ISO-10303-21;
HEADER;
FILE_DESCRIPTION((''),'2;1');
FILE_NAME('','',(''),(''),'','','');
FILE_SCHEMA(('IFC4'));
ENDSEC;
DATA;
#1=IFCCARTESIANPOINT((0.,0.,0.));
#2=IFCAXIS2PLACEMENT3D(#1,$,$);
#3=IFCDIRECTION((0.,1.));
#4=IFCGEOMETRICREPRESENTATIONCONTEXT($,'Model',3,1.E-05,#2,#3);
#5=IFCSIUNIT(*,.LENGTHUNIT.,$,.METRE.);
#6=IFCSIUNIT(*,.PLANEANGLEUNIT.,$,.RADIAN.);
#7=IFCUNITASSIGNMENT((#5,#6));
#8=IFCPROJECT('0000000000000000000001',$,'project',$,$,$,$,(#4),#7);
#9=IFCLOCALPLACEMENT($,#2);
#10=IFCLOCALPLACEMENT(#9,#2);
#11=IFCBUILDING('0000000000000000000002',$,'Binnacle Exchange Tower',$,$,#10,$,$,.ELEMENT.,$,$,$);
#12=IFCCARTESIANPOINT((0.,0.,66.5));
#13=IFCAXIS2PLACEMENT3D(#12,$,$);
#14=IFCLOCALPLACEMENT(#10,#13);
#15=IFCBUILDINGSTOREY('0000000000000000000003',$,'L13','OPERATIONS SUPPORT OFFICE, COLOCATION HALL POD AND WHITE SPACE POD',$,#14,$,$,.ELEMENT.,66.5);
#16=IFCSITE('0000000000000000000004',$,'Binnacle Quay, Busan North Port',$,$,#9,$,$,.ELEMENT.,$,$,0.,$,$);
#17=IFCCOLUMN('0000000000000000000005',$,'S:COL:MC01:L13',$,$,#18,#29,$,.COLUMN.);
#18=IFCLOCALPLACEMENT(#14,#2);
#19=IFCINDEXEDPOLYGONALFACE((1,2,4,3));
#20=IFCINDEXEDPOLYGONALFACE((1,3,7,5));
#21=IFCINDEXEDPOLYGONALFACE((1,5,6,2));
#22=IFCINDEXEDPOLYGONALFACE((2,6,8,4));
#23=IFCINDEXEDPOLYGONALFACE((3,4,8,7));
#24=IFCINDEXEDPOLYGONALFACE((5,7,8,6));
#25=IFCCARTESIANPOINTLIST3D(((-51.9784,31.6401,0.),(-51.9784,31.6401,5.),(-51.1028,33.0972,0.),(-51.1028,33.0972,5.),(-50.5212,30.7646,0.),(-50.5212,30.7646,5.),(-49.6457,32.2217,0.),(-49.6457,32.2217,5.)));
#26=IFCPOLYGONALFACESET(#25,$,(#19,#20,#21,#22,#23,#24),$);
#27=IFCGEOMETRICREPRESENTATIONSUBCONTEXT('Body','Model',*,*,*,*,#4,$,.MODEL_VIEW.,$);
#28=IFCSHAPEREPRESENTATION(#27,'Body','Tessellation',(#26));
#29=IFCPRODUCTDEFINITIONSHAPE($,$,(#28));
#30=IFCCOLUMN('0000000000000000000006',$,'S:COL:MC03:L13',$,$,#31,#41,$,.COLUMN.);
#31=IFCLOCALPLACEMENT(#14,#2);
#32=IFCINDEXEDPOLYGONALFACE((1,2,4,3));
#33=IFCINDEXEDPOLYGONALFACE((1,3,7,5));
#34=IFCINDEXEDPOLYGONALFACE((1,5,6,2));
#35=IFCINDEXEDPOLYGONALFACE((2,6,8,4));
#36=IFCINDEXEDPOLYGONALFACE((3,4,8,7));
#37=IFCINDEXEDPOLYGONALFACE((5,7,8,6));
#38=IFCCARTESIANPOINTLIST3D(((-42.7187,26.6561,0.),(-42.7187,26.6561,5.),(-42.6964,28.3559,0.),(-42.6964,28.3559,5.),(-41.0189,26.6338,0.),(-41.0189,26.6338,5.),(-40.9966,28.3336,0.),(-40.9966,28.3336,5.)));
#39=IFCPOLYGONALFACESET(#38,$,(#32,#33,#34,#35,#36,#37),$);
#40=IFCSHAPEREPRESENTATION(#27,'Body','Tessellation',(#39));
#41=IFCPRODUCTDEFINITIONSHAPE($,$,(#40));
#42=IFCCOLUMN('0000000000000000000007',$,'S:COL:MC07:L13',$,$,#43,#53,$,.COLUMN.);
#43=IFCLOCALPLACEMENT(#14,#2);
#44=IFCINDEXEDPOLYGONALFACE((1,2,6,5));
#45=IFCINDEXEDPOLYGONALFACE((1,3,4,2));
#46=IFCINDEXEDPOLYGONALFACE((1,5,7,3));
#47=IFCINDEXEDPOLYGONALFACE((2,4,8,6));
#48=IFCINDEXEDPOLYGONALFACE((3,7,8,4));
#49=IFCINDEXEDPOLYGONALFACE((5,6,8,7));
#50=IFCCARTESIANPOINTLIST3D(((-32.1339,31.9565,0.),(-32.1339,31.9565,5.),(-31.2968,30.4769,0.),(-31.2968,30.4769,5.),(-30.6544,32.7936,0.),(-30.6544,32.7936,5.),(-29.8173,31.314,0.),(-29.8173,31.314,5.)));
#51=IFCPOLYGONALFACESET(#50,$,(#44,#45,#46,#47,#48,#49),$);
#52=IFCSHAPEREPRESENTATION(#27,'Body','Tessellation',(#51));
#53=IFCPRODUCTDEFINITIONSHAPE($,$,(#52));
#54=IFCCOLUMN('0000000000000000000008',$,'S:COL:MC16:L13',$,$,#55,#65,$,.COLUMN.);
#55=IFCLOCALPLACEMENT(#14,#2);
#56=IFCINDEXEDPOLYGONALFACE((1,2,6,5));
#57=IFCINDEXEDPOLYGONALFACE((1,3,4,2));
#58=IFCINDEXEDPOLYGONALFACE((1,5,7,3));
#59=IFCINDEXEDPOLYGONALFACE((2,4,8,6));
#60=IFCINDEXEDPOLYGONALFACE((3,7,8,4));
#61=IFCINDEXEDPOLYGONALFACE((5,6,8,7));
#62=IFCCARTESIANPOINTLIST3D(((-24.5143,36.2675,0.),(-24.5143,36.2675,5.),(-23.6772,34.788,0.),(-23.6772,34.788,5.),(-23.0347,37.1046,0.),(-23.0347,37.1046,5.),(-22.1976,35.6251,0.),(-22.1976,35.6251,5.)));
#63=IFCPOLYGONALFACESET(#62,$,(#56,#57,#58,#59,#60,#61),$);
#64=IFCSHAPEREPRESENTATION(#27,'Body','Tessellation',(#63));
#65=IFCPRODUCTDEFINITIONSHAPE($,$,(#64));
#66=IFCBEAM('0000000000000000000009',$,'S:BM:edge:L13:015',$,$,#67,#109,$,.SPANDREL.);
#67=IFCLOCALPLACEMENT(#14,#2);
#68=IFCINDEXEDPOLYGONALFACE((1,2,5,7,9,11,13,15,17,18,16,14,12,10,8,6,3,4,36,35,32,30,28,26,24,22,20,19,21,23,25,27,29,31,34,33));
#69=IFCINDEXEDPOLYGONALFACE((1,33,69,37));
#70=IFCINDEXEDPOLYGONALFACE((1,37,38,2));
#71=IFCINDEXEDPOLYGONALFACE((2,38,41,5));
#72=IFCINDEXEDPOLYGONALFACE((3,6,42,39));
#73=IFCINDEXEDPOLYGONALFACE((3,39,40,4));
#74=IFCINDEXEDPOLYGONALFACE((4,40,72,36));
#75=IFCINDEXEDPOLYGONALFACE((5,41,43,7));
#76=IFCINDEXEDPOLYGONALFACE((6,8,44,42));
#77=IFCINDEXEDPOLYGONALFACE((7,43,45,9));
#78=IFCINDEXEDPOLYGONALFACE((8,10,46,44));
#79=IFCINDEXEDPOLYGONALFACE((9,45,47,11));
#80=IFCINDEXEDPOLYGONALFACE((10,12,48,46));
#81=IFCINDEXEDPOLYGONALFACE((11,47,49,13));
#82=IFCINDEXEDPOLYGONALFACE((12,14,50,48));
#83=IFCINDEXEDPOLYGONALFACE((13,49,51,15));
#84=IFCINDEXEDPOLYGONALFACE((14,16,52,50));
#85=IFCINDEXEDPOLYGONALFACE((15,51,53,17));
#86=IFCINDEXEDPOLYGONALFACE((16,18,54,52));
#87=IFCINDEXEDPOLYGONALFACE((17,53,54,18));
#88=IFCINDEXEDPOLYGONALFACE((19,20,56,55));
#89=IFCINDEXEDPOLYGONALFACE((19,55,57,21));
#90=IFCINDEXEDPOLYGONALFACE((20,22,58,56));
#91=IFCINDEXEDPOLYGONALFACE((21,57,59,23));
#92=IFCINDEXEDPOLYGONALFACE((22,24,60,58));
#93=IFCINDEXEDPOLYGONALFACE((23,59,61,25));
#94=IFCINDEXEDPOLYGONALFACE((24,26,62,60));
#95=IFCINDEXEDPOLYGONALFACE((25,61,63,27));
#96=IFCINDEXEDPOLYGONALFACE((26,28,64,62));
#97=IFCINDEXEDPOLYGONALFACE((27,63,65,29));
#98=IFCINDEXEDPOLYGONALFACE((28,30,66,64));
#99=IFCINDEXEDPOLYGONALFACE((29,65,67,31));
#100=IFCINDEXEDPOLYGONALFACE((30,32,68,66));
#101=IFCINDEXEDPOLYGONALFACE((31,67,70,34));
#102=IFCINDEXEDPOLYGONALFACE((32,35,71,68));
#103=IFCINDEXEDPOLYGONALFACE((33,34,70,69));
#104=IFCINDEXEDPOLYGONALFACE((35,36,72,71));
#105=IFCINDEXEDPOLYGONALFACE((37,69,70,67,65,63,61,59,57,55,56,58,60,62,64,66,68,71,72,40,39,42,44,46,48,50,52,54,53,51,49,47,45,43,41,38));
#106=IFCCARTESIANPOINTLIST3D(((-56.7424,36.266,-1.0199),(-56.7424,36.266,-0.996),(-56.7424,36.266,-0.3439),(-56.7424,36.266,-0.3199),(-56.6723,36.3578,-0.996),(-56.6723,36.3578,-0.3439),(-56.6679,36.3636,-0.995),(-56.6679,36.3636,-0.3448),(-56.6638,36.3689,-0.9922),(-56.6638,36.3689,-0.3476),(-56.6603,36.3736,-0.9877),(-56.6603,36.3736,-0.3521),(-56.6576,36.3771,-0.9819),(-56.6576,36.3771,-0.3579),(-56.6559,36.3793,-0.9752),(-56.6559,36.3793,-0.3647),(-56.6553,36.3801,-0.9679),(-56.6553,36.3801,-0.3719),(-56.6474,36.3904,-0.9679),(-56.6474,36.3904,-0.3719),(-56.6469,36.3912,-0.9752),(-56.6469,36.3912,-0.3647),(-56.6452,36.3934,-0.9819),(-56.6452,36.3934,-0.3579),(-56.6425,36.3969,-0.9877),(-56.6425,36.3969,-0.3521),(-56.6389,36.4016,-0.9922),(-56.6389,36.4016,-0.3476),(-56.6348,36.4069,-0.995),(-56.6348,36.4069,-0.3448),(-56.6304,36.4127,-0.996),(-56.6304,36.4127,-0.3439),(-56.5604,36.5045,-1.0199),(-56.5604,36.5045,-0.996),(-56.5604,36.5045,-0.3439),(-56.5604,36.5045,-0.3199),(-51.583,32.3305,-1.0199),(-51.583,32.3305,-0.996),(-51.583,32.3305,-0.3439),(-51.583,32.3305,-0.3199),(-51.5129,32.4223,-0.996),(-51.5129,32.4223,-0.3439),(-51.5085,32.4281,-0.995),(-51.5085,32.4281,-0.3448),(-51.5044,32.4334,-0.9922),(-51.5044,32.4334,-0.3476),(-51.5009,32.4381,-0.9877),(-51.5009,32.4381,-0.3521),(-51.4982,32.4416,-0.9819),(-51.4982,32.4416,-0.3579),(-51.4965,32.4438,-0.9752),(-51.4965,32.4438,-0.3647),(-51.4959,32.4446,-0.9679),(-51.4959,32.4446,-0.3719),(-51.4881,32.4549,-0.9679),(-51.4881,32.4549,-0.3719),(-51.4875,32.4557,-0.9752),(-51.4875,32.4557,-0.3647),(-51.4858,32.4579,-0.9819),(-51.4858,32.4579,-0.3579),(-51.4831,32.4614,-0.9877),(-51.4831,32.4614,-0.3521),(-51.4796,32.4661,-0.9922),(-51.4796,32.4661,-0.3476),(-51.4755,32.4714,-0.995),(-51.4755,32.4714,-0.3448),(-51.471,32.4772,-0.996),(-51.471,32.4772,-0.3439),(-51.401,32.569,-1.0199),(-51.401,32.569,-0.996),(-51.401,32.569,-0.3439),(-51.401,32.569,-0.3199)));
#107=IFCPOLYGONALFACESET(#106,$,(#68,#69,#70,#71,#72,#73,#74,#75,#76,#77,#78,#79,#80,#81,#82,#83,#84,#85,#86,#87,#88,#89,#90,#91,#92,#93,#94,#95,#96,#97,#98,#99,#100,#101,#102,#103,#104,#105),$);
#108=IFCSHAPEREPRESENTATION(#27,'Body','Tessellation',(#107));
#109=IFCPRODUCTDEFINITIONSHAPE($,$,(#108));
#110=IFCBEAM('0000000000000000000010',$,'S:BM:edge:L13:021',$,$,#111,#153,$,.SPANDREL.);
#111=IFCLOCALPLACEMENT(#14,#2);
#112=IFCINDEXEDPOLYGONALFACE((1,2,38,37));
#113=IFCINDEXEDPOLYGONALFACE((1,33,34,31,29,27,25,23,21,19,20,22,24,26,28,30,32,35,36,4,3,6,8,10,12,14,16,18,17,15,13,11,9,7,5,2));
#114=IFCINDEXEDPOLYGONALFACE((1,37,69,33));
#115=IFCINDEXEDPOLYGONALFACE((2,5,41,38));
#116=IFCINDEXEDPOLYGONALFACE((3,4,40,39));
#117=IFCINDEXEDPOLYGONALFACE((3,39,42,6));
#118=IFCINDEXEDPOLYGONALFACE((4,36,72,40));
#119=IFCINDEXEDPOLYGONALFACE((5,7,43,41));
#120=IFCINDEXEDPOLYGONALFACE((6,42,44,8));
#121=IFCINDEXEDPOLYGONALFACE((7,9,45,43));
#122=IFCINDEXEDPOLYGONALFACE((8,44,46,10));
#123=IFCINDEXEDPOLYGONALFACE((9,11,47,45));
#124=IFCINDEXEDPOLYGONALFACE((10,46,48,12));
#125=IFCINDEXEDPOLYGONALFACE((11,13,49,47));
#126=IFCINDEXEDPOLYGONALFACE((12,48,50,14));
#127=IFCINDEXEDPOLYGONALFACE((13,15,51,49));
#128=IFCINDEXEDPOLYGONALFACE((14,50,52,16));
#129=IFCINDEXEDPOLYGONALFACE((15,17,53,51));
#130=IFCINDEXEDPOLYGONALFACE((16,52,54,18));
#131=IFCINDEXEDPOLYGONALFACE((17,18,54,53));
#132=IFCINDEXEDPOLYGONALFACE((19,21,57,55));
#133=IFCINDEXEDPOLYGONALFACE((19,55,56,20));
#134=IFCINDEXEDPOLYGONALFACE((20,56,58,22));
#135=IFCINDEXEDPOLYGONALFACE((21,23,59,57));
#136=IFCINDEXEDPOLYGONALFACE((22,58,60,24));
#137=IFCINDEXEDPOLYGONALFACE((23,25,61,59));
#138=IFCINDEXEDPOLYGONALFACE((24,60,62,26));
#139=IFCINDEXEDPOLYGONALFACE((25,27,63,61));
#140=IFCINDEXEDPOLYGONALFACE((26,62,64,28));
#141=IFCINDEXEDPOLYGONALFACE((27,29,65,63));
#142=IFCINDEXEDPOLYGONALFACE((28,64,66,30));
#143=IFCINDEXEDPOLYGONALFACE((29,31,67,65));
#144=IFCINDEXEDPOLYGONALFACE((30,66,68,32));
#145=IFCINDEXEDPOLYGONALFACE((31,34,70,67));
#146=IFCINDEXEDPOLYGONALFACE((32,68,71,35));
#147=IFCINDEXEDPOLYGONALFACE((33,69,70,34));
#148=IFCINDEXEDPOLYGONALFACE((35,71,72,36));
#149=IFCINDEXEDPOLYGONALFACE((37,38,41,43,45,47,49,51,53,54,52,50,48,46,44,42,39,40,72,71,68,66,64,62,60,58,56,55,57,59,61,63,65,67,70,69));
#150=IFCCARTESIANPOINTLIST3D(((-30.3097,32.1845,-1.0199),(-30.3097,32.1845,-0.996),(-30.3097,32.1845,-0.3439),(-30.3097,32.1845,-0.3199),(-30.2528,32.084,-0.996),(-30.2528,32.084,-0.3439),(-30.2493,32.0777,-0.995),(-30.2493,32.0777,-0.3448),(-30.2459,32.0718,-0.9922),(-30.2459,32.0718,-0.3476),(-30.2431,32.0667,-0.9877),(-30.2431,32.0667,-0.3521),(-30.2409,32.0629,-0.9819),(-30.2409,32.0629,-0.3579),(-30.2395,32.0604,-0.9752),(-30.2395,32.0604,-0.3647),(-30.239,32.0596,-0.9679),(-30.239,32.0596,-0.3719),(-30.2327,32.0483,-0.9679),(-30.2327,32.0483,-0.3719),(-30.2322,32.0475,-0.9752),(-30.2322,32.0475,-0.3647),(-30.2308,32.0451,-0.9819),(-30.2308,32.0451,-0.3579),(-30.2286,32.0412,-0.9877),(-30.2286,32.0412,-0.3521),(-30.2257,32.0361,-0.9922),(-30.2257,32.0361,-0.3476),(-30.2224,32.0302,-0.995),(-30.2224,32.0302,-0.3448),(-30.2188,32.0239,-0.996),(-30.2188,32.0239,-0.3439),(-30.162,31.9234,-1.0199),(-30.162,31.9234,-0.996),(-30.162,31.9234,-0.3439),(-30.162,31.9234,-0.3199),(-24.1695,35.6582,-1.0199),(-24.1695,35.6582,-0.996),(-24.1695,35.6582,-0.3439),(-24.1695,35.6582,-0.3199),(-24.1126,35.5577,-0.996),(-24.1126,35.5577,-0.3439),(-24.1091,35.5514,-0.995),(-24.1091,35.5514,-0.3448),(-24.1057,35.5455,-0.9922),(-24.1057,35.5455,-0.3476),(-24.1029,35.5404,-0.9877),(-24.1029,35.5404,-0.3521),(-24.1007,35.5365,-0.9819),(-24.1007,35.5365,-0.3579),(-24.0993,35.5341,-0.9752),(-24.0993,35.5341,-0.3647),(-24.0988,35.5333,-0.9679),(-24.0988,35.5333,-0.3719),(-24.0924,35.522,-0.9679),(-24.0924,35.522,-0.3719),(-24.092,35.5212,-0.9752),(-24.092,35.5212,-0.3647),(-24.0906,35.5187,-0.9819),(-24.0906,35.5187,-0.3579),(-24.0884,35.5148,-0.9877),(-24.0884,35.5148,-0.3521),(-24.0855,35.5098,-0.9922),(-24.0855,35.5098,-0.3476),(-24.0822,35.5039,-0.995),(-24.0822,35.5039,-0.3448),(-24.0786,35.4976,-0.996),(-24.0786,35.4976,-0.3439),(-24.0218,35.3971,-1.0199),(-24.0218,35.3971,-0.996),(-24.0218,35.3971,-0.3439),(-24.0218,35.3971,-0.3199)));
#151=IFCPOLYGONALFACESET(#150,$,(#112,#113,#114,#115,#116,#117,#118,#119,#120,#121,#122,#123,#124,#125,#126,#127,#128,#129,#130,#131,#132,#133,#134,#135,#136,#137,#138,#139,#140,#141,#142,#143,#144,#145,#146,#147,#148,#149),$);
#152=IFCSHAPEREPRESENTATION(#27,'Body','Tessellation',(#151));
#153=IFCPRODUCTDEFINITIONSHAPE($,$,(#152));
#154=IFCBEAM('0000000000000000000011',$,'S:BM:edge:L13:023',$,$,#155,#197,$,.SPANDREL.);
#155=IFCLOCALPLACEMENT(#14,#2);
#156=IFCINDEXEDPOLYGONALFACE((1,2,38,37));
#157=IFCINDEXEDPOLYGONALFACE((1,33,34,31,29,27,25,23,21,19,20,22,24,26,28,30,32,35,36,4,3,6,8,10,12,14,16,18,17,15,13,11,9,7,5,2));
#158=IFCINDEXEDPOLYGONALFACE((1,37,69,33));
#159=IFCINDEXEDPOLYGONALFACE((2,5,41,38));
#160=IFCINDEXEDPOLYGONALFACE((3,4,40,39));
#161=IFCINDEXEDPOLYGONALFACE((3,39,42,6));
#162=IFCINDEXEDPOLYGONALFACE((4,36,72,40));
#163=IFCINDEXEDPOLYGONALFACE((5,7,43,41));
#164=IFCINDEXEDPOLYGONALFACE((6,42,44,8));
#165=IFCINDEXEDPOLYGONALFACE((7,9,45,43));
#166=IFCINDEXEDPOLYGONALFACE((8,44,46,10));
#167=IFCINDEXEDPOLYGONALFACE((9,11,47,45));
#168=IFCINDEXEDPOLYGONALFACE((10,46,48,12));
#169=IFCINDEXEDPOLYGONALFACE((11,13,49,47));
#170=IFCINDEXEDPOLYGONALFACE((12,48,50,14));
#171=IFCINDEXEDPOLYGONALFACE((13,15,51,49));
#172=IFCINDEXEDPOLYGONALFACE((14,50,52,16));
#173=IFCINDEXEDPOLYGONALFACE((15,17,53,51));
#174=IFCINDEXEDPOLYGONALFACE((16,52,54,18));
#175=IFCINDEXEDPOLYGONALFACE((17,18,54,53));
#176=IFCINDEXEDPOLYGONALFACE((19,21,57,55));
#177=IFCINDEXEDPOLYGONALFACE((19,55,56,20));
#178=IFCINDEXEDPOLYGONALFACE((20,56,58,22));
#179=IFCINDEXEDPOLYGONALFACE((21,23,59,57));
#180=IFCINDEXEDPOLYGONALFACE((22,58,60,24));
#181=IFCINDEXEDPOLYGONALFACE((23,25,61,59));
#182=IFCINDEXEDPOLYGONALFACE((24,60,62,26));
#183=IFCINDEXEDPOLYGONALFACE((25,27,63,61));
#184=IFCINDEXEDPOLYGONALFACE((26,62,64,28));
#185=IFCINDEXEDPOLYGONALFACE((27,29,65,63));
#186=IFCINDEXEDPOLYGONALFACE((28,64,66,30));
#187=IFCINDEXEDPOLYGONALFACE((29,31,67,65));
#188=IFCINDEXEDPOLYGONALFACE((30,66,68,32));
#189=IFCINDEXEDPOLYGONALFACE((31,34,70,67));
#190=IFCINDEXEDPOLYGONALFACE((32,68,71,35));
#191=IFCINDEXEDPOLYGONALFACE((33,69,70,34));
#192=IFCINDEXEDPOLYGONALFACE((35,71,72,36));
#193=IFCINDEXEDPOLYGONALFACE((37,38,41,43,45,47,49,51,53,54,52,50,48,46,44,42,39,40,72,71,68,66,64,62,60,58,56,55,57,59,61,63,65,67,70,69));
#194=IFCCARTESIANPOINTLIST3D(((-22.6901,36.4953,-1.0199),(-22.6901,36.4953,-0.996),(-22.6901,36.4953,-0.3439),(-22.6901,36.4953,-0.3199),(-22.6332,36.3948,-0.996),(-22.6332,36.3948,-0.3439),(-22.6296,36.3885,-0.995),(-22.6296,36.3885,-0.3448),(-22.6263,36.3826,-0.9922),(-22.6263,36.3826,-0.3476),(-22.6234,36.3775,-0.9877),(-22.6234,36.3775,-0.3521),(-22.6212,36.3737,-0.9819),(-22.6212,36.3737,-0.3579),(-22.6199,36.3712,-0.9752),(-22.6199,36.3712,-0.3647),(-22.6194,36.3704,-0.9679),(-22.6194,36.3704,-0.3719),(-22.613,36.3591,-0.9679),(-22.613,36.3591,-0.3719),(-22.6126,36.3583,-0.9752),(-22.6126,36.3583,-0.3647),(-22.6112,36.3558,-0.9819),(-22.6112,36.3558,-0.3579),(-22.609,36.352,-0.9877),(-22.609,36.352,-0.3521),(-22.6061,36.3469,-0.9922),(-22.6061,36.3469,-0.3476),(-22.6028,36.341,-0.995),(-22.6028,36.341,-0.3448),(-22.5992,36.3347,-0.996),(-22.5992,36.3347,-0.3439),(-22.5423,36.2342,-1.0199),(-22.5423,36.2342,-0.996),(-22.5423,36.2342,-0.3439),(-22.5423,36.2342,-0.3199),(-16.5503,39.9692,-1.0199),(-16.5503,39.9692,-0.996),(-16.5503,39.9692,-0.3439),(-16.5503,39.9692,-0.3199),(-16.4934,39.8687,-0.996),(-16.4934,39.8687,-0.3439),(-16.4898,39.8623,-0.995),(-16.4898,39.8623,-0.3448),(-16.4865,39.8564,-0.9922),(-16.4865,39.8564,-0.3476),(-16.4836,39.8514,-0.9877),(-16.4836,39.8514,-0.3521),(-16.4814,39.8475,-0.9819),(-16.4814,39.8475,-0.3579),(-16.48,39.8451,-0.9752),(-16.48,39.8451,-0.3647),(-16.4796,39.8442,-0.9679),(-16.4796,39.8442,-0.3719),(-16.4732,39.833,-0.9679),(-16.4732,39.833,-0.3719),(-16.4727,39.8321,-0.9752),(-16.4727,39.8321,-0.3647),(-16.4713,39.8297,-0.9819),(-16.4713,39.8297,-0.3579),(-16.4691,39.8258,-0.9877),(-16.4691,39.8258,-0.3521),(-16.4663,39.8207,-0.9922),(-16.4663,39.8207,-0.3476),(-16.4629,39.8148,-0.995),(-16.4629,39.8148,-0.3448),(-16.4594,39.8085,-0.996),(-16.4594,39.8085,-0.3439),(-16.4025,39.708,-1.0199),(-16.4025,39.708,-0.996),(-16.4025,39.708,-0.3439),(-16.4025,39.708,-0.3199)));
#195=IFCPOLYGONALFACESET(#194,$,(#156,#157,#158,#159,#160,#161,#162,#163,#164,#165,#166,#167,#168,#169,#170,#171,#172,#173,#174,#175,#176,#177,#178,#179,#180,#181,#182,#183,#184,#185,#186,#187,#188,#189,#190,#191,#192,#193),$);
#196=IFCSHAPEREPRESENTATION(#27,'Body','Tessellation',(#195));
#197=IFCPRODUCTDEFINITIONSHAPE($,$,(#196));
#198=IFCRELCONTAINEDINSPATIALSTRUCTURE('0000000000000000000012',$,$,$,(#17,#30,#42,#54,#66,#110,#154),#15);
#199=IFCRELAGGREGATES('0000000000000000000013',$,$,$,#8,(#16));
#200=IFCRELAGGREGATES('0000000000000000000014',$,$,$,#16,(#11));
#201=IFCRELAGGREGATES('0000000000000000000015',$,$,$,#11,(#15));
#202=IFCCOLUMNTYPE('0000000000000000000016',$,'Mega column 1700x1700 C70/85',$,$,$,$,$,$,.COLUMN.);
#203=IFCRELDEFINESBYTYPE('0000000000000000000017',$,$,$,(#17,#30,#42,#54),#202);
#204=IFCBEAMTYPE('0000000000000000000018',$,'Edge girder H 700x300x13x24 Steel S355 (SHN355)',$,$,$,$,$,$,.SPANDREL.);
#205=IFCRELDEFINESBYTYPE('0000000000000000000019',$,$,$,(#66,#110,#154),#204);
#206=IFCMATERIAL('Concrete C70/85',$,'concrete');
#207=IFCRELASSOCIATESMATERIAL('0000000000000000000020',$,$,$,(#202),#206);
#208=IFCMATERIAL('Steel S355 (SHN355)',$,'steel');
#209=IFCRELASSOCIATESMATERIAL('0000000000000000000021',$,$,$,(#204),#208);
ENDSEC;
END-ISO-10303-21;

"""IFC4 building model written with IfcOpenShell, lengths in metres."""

from ifc_helpers import new_model, si_unit, direction, frame, origin, origin_2d, place, context, subcontext, project, spatial, rectangle, i_section, extrude, material, material_profile, profile_set, type_object, element, save


model = new_model("IFC4")

# Units and contexts
model_context = context("Model", 3, precision=1e-05, world=origin(), true_north=direction((0.0, 1.0)))
body_context = subcontext(model_context, "Body", "Model", "MODEL_VIEW")
ifc_project = project(units=[si_unit("LENGTHUNIT", "METRE"), si_unit("PLANEANGLEUNIT", "RADIAN")], contexts=[model_context])

# Site, building, storey
site_placement = place(None, origin())
site = spatial("IfcSite", under=ifc_project, at=site_placement, Name="Binnacle Quay, Busan North Port", CompositionType="ELEMENT", RefElevation=0.0)
building_placement = place(site_placement, origin())
building = spatial("IfcBuilding", under=site, at=building_placement, Name="Binnacle Exchange Tower", CompositionType="ELEMENT")
storey_placement = place(building_placement, frame((0.0, 0.0, 66.5)))
storey = spatial("IfcBuildingStorey", under=building, at=storey_placement, Name="L13", Description="OPERATIONS SUPPORT OFFICE, COLOCATION HALL POD AND WHITE SPACE POD", CompositionType="ELEMENT", Elevation=66.5)

# Columns
ifc_material_1 = material(Name="Concrete C70/85", Category="concrete")
ifc_material_profile_1 = material_profile(ifc_material_1, rectangle(XDim=1.7, YDim=1.7, at=origin_2d()), Name="Mega column 1700x1700 C70/85")
ifc_profile_set_1 = profile_set([ifc_material_profile_1], Name="Concrete C70/85")
column_type = type_object("IfcColumnType", Name="Mega column 1700x1700 C70/85", PredefinedType="COLUMN", material=ifc_profile_set_1)
for number, where, z_axis, x_axis, name in (
    (1, (-50.812, 31.9309, 0.0), (0.0, 0.0, 1.0), (0.857167, -0.515038, 0.0), "S:COL:MC01:L13"),
    (2, (-41.8577, 27.4949, 0.0), (0.0, 0.0, 1.0), (0.999914, -0.01309, 0.0), "S:COL:MC03:L13"),
    (3, (-30.9756, 31.6353, 0.0), (0.0, 0.0, 1.0), (0.870356, 0.492424, 0.0), "S:COL:MC07:L13"),
    (4, (-23.356, 35.9463, 0.0), (0.0, 0.0, 1.0), (0.870356, 0.492424, 0.0), "S:COL:MC16:L13"),
):
    element("IfcColumn", number, at=place(storey_placement, frame(where, z_axis=z_axis, x_axis=x_axis)), inside=storey, type_object=column_type, Name=name, PredefinedType="COLUMN", context=body_context, shape_type="SweptSolid", body=[
        extrude(rectangle(XDim=1.7, YDim=1.7, at=origin_2d()), origin(), (0.0, 0.0, 1.0), 5.0),
    ])

# Beams
ifc_material_2 = material(Name="Steel S355 (SHN355)", Category="steel")
ifc_material_profile_2 = material_profile(ifc_material_2, i_section(OverallWidth=0.3, OverallDepth=0.7, WebThickness=0.0129, FlangeThickness=0.0239, FilletRadius=0.0281, at=origin_2d()), Name="H 700x300x13x24")
ifc_profile_set_2 = profile_set([ifc_material_profile_2], Name="Steel S355 (SHN355)")
beam_type_1 = type_object("IfcBeamType", Name="Edge girder H 700x300x13x24 Steel S355 (SHN355)", PredefinedType="SPANDREL", material=ifc_profile_set_2)
beam_1_placement = place(storey_placement, frame((-56.6514, 36.3853, -0.6699), z_axis=(0.795093, -0.606487, 0.0), x_axis=(0.606487, 0.795093, 0.0)))
element("IfcBeam", 5, at=beam_1_placement, inside=storey, type_object=beam_type_1, Name="S:BM:edge:L13:015", PredefinedType="SPANDREL", context=body_context, shape_type="SweptSolid", body=[
    extrude(i_section(OverallWidth=0.3, OverallDepth=0.7, WebThickness=0.0129, FlangeThickness=0.0239, FilletRadius=0.0281, at=origin_2d()), origin(), (0.0, 0.0, 1.0), 6.489),
])
beam_2_placement = place(storey_placement, frame((-30.2358, 32.054, -0.6699), z_axis=(0.870373, 0.492392, 0.0), x_axis=(-0.492392, 0.870373, 0.0)))
element("IfcBeam", 6, at=beam_2_placement, inside=storey, type_object=beam_type_1, Name="S:BM:edge:L13:021", PredefinedType="SPANDREL", context=body_context, shape_type="SweptSolid", body=[
    extrude(i_section(OverallWidth=0.3, OverallDepth=0.7, WebThickness=0.0129, FlangeThickness=0.0239, FilletRadius=0.0281, at=origin_2d()), origin(), (0.0, 0.0, 1.0), 7.0547),
])
beam_3_placement = place(storey_placement, frame((-22.6162, 36.3647, -0.6699), z_axis=(0.87035, 0.492434, 0.0), x_axis=(-0.492434, 0.87035, 0.0)))
element("IfcBeam", 7, at=beam_3_placement, inside=storey, type_object=beam_type_1, Name="S:BM:edge:L13:023", PredefinedType="SPANDREL", context=body_context, shape_type="SweptSolid", body=[
    extrude(i_section(OverallWidth=0.3, OverallDepth=0.7, WebThickness=0.0129, FlangeThickness=0.0239, FilletRadius=0.0281, at=origin_2d()), origin(), (0.0, 0.0, 1.0), 7.0544),
])

save(model, "model.ifc")
